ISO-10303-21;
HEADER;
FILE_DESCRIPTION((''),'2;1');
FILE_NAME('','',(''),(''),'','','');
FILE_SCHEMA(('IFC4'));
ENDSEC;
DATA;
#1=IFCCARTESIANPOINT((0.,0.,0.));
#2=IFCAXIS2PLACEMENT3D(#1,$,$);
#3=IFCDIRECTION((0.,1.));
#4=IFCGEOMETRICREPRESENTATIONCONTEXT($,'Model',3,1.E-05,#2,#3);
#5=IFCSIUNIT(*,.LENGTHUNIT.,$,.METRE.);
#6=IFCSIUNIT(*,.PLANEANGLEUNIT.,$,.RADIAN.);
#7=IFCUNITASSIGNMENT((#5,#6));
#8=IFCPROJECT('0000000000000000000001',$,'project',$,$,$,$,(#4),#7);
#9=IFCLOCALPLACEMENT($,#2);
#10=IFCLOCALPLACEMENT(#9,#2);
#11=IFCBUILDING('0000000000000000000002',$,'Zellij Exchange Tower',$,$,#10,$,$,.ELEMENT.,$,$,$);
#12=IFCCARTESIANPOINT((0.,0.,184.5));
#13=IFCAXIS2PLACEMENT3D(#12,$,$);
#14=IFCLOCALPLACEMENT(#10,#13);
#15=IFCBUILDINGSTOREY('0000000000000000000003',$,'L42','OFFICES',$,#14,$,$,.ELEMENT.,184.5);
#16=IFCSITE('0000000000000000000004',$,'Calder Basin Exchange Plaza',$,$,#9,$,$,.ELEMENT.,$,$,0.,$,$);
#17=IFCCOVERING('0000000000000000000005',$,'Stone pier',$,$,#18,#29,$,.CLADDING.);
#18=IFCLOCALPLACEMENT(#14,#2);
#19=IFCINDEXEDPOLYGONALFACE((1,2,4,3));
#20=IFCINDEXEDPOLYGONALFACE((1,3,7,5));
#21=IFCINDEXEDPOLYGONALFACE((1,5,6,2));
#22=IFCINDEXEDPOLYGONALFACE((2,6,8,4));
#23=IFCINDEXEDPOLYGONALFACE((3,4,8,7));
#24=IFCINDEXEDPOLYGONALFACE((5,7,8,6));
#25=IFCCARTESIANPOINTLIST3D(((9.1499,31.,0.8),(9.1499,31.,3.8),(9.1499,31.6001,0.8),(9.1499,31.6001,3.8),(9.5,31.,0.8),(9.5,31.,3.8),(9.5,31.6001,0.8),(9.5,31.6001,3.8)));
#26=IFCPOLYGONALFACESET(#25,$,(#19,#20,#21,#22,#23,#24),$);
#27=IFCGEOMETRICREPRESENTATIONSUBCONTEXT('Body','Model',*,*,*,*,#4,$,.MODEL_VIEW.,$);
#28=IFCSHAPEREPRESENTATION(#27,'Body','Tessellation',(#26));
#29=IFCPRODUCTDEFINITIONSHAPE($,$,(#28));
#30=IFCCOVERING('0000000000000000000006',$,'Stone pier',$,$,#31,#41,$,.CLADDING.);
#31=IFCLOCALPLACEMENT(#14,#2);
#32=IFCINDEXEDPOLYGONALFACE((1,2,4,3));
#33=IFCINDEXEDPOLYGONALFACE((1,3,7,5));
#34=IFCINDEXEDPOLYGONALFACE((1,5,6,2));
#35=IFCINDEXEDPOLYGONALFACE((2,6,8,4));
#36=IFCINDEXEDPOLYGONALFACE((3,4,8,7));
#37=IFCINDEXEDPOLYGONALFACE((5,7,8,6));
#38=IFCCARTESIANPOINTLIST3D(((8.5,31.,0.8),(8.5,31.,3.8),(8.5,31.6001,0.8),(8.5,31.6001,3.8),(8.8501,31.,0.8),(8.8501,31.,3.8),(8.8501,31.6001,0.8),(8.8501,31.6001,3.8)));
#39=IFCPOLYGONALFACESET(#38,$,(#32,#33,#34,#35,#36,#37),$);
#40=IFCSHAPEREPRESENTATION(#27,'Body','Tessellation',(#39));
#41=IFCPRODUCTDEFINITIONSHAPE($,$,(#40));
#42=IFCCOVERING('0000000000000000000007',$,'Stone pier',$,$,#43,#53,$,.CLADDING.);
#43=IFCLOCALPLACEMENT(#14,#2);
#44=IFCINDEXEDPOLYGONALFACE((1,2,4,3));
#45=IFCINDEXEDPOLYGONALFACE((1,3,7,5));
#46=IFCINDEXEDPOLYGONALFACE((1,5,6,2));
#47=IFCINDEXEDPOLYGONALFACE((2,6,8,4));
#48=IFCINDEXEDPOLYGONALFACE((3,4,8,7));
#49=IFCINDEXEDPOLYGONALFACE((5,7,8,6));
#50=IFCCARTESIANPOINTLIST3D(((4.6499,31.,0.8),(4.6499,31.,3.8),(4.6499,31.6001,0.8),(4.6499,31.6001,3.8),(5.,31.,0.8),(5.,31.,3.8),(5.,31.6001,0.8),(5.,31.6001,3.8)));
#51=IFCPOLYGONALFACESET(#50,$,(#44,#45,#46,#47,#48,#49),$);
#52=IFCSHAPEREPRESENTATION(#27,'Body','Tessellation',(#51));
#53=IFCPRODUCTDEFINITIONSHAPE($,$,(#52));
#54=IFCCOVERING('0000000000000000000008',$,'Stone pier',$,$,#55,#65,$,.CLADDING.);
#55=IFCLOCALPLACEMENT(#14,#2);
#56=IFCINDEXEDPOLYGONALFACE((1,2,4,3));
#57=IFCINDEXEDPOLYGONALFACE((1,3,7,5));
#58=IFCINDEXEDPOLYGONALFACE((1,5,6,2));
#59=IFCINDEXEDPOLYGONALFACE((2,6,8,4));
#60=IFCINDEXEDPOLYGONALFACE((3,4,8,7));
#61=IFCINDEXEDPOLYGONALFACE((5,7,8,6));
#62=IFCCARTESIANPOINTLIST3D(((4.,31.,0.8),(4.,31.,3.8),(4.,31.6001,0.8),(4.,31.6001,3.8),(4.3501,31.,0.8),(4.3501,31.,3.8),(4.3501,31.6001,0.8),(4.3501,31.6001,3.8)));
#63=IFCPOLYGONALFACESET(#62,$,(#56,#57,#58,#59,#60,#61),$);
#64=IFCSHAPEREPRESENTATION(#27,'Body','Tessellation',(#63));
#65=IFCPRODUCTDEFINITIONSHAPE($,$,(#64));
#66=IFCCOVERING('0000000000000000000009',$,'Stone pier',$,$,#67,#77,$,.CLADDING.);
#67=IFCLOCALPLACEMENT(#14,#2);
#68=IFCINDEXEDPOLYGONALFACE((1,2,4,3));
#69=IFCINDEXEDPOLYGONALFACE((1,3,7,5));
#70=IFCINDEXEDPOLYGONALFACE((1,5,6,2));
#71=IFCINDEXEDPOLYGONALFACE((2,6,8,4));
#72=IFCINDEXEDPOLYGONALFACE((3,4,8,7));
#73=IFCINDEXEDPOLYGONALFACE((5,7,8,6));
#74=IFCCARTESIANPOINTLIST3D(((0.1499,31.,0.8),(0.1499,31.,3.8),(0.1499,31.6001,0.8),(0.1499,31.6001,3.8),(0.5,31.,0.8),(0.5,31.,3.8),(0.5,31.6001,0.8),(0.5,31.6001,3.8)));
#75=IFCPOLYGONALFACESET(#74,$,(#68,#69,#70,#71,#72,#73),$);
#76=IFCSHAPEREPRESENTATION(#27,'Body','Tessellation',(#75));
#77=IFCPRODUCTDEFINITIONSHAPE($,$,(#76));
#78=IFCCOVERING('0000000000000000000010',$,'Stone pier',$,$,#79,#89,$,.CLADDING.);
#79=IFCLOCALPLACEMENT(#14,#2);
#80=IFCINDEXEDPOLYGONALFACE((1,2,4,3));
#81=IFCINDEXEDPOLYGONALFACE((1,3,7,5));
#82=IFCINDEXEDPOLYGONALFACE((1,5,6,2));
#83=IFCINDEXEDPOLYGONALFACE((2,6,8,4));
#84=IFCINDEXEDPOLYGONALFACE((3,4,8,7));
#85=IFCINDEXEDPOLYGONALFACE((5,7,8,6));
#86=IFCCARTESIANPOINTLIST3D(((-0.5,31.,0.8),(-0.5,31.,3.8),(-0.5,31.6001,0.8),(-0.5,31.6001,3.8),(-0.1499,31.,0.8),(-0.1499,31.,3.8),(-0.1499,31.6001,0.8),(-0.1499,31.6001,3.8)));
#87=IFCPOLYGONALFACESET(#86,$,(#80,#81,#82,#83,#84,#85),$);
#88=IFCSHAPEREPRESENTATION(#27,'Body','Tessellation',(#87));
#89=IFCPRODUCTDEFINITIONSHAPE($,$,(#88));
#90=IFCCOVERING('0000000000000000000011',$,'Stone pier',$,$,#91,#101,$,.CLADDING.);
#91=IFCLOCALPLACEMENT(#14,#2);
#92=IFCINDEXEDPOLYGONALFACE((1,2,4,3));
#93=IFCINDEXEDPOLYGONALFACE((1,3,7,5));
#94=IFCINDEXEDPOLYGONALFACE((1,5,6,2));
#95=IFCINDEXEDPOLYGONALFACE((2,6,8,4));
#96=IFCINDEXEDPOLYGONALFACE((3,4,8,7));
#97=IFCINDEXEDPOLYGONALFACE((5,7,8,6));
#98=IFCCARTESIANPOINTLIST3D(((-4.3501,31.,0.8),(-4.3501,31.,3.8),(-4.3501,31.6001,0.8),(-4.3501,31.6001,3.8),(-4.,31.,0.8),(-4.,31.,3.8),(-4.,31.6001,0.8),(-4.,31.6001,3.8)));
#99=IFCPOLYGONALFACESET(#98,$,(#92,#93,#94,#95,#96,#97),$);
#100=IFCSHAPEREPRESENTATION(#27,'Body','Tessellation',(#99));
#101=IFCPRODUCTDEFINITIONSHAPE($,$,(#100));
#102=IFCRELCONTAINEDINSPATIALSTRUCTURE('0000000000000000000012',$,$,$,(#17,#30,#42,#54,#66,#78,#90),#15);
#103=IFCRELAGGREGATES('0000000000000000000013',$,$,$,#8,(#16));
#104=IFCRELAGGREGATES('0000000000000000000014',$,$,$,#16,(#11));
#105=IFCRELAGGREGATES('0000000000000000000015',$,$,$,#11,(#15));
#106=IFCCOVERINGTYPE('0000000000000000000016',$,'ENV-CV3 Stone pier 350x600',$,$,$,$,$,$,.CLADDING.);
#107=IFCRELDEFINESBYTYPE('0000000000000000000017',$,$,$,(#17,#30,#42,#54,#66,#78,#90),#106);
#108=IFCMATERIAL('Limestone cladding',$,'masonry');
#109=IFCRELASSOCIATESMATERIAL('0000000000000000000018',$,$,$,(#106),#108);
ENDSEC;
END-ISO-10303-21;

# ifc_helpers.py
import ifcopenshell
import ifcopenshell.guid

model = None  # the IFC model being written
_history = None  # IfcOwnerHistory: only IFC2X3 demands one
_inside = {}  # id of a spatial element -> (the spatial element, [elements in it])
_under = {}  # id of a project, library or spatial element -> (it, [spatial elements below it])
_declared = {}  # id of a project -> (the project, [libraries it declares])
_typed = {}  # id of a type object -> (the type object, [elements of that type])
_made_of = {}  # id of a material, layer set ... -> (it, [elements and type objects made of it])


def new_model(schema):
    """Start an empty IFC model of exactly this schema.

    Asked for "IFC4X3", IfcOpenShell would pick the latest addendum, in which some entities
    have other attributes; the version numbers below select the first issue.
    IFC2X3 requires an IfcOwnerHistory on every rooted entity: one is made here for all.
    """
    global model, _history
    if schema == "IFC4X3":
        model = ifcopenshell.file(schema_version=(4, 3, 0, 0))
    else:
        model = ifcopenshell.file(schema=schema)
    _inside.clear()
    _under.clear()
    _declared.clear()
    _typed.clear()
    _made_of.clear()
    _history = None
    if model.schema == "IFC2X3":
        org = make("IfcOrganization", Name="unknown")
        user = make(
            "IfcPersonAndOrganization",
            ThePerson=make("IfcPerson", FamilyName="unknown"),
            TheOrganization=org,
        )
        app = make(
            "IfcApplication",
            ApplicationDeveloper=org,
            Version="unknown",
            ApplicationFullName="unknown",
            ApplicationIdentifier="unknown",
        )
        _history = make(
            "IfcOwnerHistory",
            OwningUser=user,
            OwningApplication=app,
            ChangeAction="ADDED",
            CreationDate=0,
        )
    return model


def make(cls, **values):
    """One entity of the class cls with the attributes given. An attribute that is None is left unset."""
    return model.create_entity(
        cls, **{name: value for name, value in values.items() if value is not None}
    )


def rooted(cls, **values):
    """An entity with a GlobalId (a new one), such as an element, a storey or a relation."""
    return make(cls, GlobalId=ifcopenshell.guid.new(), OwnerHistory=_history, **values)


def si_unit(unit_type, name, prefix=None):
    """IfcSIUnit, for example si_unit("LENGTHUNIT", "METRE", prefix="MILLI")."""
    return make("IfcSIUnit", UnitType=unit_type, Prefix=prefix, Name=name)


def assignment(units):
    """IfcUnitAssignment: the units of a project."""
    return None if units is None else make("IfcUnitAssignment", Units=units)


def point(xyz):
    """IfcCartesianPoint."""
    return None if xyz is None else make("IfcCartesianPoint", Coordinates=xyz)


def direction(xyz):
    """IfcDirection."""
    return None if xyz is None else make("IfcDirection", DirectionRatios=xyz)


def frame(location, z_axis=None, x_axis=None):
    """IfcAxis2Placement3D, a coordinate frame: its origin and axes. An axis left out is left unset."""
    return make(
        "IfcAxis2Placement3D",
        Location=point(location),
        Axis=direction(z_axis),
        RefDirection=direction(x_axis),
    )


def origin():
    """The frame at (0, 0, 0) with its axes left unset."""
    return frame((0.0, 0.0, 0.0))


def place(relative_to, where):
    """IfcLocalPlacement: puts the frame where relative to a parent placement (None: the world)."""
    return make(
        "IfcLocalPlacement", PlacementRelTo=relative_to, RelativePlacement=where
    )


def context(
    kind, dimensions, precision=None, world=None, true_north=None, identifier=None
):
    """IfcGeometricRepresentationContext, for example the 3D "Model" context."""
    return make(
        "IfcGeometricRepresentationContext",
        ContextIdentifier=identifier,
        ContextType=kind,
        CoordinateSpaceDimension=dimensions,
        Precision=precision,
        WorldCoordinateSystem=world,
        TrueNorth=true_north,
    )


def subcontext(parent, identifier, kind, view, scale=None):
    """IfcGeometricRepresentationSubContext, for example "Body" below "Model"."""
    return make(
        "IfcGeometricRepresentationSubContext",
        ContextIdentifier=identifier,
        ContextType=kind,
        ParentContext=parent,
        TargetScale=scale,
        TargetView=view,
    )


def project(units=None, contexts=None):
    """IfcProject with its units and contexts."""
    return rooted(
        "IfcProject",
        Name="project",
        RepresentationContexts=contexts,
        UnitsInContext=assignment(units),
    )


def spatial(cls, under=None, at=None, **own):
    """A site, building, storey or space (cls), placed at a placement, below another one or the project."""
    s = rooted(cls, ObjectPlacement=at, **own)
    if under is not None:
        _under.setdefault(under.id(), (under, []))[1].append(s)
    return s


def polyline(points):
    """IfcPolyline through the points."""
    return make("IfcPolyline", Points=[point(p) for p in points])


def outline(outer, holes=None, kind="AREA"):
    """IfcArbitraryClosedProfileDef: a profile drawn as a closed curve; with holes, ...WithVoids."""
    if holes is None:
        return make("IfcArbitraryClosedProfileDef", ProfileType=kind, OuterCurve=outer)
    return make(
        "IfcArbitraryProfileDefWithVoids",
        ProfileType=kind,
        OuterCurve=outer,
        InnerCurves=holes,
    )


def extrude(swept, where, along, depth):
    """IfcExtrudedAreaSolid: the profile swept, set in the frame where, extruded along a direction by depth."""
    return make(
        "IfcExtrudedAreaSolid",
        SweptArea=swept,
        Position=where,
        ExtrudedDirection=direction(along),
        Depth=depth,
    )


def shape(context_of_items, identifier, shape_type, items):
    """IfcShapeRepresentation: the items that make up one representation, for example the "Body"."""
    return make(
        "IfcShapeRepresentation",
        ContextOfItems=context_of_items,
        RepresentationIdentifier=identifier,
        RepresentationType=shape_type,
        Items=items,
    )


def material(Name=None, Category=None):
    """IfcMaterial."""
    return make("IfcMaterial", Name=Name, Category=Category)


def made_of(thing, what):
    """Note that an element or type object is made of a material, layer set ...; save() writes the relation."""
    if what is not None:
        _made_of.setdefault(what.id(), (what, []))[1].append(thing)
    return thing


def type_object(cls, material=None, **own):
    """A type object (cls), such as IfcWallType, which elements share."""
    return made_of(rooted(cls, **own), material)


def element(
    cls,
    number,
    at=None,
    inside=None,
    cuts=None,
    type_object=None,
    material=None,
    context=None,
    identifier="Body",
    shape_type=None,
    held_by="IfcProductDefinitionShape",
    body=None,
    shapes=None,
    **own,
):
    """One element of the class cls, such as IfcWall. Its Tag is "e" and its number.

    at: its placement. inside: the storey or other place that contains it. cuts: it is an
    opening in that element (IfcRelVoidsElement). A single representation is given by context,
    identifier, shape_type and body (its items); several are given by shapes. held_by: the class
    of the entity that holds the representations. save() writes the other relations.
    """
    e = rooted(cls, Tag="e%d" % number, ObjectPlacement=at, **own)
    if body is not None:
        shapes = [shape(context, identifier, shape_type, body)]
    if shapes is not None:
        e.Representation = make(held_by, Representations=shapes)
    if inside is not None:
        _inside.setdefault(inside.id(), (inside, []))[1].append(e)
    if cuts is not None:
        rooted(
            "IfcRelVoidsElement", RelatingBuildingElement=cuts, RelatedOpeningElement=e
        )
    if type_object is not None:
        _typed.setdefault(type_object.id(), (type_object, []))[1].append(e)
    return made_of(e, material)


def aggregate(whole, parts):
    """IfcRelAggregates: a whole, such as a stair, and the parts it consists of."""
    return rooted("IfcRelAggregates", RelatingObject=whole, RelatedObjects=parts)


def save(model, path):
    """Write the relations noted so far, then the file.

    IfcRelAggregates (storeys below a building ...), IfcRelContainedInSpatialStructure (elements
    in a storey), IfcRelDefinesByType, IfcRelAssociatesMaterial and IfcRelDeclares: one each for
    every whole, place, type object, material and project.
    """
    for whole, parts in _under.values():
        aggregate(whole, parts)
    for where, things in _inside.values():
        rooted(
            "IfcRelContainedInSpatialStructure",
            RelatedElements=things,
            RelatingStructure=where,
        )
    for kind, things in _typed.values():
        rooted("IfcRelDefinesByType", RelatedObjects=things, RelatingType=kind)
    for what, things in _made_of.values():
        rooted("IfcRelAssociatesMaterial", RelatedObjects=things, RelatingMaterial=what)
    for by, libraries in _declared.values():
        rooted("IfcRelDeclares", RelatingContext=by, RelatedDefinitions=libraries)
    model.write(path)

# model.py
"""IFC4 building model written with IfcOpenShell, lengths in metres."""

from ifc_helpers import new_model, si_unit, direction, frame, origin, place, context, subcontext, project, spatial, polyline, outline, extrude, material, type_object, element, save


model = new_model("IFC4")

# Units and contexts
model_context = context("Model", 3, precision=1e-05, world=origin(), true_north=direction((0.0, 1.0)))
body_context = subcontext(model_context, "Body", "Model", "MODEL_VIEW")
ifc_project = project(units=[si_unit("LENGTHUNIT", "METRE"), si_unit("PLANEANGLEUNIT", "RADIAN")], contexts=[model_context])

# Site, building, storey
site_placement = place(None, origin())
site = spatial("IfcSite", under=ifc_project, at=site_placement, Name="Calder Basin Exchange Plaza", CompositionType="ELEMENT", RefElevation=0.0)
building_placement = place(site_placement, origin())
building = spatial("IfcBuilding", under=site, at=building_placement, Name="Zellij Exchange Tower", CompositionType="ELEMENT")
storey_placement = place(building_placement, frame((0.0, 0.0, 184.5)))
storey = spatial("IfcBuildingStorey", under=building, at=storey_placement, Name="L42", Description="OFFICES", CompositionType="ELEMENT", Elevation=184.5)

# Coverings
ifc_material = material(Name="Limestone cladding", Category="masonry")
covering_type = type_object("IfcCoveringType", Name="ENV-CV3 Stone pier 350x600", PredefinedType="CLADDING", material=ifc_material)
covering_1_placement = place(storey_placement, frame((0.0, 0.0, 0.8)))
element("IfcCovering", 1, at=covering_1_placement, inside=storey, type_object=covering_type, Name="Stone pier", PredefinedType="CLADDING", context=body_context, shape_type="SweptSolid", body=[
    extrude(outline(polyline([(9.5, 31.0), (9.1499, 31.0), (9.1499, 31.6001), (9.5, 31.6001), (9.5, 31.0)])), origin(), (0.0, 0.0, 1.0), 3.0),
])
covering_2_placement = place(storey_placement, frame((0.0, 0.0, 0.8)))
element("IfcCovering", 2, at=covering_2_placement, inside=storey, type_object=covering_type, Name="Stone pier", PredefinedType="CLADDING", context=body_context, shape_type="SweptSolid", body=[
    extrude(outline(polyline([(8.8501, 31.0), (8.5, 31.0), (8.5, 31.6001), (8.8501, 31.6001), (8.8501, 31.0)])), origin(), (0.0, 0.0, 1.0), 3.0),
])
covering_3_placement = place(storey_placement, frame((0.0, 0.0, 0.8)))
element("IfcCovering", 3, at=covering_3_placement, inside=storey, type_object=covering_type, Name="Stone pier", PredefinedType="CLADDING", context=body_context, shape_type="SweptSolid", body=[
    extrude(outline(polyline([(5.0, 31.0), (4.6499, 31.0), (4.6499, 31.6001), (5.0, 31.6001), (5.0, 31.0)])), origin(), (0.0, 0.0, 1.0), 3.0),
])
covering_4_placement = place(storey_placement, frame((0.0, 0.0, 0.8)))
element("IfcCovering", 4, at=covering_4_placement, inside=storey, type_object=covering_type, Name="Stone pier", PredefinedType="CLADDING", context=body_context, shape_type="SweptSolid", body=[
    extrude(outline(polyline([(4.3501, 31.0), (4.0, 31.0), (4.0, 31.6001), (4.3501, 31.6001), (4.3501, 31.0)])), origin(), (0.0, 0.0, 1.0), 3.0),
])
covering_5_placement = place(storey_placement, frame((0.0, 0.0, 0.8)))
element("IfcCovering", 5, at=covering_5_placement, inside=storey, type_object=covering_type, Name="Stone pier", PredefinedType="CLADDING", context=body_context, shape_type="SweptSolid", body=[
    extrude(outline(polyline([(0.5, 31.0), (0.1499, 31.0), (0.1499, 31.6001), (0.5, 31.6001), (0.5, 31.0)])), origin(), (0.0, 0.0, 1.0), 3.0),
])
covering_6_placement = place(storey_placement, frame((0.0, 0.0, 0.8)))
element("IfcCovering", 6, at=covering_6_placement, inside=storey, type_object=covering_type, Name="Stone pier", PredefinedType="CLADDING", context=body_context, shape_type="SweptSolid", body=[
    extrude(outline(polyline([(-0.1499, 31.0), (-0.5, 31.0), (-0.5, 31.6001), (-0.1499, 31.6001), (-0.1499, 31.0)])), origin(), (0.0, 0.0, 1.0), 3.0),
])
covering_7_placement = place(storey_placement, frame((0.0, 0.0, 0.8)))
element("IfcCovering", 7, at=covering_7_placement, inside=storey, type_object=covering_type, Name="Stone pier", PredefinedType="CLADDING", context=body_context, shape_type="SweptSolid", body=[
    extrude(outline(polyline([(-4.0, 31.0), (-4.3501, 31.0), (-4.3501, 31.6001), (-4.0, 31.6001), (-4.0, 31.0)])), origin(), (0.0, 0.0, 1.0), 3.0),
])

save(model, "model.ifc")
